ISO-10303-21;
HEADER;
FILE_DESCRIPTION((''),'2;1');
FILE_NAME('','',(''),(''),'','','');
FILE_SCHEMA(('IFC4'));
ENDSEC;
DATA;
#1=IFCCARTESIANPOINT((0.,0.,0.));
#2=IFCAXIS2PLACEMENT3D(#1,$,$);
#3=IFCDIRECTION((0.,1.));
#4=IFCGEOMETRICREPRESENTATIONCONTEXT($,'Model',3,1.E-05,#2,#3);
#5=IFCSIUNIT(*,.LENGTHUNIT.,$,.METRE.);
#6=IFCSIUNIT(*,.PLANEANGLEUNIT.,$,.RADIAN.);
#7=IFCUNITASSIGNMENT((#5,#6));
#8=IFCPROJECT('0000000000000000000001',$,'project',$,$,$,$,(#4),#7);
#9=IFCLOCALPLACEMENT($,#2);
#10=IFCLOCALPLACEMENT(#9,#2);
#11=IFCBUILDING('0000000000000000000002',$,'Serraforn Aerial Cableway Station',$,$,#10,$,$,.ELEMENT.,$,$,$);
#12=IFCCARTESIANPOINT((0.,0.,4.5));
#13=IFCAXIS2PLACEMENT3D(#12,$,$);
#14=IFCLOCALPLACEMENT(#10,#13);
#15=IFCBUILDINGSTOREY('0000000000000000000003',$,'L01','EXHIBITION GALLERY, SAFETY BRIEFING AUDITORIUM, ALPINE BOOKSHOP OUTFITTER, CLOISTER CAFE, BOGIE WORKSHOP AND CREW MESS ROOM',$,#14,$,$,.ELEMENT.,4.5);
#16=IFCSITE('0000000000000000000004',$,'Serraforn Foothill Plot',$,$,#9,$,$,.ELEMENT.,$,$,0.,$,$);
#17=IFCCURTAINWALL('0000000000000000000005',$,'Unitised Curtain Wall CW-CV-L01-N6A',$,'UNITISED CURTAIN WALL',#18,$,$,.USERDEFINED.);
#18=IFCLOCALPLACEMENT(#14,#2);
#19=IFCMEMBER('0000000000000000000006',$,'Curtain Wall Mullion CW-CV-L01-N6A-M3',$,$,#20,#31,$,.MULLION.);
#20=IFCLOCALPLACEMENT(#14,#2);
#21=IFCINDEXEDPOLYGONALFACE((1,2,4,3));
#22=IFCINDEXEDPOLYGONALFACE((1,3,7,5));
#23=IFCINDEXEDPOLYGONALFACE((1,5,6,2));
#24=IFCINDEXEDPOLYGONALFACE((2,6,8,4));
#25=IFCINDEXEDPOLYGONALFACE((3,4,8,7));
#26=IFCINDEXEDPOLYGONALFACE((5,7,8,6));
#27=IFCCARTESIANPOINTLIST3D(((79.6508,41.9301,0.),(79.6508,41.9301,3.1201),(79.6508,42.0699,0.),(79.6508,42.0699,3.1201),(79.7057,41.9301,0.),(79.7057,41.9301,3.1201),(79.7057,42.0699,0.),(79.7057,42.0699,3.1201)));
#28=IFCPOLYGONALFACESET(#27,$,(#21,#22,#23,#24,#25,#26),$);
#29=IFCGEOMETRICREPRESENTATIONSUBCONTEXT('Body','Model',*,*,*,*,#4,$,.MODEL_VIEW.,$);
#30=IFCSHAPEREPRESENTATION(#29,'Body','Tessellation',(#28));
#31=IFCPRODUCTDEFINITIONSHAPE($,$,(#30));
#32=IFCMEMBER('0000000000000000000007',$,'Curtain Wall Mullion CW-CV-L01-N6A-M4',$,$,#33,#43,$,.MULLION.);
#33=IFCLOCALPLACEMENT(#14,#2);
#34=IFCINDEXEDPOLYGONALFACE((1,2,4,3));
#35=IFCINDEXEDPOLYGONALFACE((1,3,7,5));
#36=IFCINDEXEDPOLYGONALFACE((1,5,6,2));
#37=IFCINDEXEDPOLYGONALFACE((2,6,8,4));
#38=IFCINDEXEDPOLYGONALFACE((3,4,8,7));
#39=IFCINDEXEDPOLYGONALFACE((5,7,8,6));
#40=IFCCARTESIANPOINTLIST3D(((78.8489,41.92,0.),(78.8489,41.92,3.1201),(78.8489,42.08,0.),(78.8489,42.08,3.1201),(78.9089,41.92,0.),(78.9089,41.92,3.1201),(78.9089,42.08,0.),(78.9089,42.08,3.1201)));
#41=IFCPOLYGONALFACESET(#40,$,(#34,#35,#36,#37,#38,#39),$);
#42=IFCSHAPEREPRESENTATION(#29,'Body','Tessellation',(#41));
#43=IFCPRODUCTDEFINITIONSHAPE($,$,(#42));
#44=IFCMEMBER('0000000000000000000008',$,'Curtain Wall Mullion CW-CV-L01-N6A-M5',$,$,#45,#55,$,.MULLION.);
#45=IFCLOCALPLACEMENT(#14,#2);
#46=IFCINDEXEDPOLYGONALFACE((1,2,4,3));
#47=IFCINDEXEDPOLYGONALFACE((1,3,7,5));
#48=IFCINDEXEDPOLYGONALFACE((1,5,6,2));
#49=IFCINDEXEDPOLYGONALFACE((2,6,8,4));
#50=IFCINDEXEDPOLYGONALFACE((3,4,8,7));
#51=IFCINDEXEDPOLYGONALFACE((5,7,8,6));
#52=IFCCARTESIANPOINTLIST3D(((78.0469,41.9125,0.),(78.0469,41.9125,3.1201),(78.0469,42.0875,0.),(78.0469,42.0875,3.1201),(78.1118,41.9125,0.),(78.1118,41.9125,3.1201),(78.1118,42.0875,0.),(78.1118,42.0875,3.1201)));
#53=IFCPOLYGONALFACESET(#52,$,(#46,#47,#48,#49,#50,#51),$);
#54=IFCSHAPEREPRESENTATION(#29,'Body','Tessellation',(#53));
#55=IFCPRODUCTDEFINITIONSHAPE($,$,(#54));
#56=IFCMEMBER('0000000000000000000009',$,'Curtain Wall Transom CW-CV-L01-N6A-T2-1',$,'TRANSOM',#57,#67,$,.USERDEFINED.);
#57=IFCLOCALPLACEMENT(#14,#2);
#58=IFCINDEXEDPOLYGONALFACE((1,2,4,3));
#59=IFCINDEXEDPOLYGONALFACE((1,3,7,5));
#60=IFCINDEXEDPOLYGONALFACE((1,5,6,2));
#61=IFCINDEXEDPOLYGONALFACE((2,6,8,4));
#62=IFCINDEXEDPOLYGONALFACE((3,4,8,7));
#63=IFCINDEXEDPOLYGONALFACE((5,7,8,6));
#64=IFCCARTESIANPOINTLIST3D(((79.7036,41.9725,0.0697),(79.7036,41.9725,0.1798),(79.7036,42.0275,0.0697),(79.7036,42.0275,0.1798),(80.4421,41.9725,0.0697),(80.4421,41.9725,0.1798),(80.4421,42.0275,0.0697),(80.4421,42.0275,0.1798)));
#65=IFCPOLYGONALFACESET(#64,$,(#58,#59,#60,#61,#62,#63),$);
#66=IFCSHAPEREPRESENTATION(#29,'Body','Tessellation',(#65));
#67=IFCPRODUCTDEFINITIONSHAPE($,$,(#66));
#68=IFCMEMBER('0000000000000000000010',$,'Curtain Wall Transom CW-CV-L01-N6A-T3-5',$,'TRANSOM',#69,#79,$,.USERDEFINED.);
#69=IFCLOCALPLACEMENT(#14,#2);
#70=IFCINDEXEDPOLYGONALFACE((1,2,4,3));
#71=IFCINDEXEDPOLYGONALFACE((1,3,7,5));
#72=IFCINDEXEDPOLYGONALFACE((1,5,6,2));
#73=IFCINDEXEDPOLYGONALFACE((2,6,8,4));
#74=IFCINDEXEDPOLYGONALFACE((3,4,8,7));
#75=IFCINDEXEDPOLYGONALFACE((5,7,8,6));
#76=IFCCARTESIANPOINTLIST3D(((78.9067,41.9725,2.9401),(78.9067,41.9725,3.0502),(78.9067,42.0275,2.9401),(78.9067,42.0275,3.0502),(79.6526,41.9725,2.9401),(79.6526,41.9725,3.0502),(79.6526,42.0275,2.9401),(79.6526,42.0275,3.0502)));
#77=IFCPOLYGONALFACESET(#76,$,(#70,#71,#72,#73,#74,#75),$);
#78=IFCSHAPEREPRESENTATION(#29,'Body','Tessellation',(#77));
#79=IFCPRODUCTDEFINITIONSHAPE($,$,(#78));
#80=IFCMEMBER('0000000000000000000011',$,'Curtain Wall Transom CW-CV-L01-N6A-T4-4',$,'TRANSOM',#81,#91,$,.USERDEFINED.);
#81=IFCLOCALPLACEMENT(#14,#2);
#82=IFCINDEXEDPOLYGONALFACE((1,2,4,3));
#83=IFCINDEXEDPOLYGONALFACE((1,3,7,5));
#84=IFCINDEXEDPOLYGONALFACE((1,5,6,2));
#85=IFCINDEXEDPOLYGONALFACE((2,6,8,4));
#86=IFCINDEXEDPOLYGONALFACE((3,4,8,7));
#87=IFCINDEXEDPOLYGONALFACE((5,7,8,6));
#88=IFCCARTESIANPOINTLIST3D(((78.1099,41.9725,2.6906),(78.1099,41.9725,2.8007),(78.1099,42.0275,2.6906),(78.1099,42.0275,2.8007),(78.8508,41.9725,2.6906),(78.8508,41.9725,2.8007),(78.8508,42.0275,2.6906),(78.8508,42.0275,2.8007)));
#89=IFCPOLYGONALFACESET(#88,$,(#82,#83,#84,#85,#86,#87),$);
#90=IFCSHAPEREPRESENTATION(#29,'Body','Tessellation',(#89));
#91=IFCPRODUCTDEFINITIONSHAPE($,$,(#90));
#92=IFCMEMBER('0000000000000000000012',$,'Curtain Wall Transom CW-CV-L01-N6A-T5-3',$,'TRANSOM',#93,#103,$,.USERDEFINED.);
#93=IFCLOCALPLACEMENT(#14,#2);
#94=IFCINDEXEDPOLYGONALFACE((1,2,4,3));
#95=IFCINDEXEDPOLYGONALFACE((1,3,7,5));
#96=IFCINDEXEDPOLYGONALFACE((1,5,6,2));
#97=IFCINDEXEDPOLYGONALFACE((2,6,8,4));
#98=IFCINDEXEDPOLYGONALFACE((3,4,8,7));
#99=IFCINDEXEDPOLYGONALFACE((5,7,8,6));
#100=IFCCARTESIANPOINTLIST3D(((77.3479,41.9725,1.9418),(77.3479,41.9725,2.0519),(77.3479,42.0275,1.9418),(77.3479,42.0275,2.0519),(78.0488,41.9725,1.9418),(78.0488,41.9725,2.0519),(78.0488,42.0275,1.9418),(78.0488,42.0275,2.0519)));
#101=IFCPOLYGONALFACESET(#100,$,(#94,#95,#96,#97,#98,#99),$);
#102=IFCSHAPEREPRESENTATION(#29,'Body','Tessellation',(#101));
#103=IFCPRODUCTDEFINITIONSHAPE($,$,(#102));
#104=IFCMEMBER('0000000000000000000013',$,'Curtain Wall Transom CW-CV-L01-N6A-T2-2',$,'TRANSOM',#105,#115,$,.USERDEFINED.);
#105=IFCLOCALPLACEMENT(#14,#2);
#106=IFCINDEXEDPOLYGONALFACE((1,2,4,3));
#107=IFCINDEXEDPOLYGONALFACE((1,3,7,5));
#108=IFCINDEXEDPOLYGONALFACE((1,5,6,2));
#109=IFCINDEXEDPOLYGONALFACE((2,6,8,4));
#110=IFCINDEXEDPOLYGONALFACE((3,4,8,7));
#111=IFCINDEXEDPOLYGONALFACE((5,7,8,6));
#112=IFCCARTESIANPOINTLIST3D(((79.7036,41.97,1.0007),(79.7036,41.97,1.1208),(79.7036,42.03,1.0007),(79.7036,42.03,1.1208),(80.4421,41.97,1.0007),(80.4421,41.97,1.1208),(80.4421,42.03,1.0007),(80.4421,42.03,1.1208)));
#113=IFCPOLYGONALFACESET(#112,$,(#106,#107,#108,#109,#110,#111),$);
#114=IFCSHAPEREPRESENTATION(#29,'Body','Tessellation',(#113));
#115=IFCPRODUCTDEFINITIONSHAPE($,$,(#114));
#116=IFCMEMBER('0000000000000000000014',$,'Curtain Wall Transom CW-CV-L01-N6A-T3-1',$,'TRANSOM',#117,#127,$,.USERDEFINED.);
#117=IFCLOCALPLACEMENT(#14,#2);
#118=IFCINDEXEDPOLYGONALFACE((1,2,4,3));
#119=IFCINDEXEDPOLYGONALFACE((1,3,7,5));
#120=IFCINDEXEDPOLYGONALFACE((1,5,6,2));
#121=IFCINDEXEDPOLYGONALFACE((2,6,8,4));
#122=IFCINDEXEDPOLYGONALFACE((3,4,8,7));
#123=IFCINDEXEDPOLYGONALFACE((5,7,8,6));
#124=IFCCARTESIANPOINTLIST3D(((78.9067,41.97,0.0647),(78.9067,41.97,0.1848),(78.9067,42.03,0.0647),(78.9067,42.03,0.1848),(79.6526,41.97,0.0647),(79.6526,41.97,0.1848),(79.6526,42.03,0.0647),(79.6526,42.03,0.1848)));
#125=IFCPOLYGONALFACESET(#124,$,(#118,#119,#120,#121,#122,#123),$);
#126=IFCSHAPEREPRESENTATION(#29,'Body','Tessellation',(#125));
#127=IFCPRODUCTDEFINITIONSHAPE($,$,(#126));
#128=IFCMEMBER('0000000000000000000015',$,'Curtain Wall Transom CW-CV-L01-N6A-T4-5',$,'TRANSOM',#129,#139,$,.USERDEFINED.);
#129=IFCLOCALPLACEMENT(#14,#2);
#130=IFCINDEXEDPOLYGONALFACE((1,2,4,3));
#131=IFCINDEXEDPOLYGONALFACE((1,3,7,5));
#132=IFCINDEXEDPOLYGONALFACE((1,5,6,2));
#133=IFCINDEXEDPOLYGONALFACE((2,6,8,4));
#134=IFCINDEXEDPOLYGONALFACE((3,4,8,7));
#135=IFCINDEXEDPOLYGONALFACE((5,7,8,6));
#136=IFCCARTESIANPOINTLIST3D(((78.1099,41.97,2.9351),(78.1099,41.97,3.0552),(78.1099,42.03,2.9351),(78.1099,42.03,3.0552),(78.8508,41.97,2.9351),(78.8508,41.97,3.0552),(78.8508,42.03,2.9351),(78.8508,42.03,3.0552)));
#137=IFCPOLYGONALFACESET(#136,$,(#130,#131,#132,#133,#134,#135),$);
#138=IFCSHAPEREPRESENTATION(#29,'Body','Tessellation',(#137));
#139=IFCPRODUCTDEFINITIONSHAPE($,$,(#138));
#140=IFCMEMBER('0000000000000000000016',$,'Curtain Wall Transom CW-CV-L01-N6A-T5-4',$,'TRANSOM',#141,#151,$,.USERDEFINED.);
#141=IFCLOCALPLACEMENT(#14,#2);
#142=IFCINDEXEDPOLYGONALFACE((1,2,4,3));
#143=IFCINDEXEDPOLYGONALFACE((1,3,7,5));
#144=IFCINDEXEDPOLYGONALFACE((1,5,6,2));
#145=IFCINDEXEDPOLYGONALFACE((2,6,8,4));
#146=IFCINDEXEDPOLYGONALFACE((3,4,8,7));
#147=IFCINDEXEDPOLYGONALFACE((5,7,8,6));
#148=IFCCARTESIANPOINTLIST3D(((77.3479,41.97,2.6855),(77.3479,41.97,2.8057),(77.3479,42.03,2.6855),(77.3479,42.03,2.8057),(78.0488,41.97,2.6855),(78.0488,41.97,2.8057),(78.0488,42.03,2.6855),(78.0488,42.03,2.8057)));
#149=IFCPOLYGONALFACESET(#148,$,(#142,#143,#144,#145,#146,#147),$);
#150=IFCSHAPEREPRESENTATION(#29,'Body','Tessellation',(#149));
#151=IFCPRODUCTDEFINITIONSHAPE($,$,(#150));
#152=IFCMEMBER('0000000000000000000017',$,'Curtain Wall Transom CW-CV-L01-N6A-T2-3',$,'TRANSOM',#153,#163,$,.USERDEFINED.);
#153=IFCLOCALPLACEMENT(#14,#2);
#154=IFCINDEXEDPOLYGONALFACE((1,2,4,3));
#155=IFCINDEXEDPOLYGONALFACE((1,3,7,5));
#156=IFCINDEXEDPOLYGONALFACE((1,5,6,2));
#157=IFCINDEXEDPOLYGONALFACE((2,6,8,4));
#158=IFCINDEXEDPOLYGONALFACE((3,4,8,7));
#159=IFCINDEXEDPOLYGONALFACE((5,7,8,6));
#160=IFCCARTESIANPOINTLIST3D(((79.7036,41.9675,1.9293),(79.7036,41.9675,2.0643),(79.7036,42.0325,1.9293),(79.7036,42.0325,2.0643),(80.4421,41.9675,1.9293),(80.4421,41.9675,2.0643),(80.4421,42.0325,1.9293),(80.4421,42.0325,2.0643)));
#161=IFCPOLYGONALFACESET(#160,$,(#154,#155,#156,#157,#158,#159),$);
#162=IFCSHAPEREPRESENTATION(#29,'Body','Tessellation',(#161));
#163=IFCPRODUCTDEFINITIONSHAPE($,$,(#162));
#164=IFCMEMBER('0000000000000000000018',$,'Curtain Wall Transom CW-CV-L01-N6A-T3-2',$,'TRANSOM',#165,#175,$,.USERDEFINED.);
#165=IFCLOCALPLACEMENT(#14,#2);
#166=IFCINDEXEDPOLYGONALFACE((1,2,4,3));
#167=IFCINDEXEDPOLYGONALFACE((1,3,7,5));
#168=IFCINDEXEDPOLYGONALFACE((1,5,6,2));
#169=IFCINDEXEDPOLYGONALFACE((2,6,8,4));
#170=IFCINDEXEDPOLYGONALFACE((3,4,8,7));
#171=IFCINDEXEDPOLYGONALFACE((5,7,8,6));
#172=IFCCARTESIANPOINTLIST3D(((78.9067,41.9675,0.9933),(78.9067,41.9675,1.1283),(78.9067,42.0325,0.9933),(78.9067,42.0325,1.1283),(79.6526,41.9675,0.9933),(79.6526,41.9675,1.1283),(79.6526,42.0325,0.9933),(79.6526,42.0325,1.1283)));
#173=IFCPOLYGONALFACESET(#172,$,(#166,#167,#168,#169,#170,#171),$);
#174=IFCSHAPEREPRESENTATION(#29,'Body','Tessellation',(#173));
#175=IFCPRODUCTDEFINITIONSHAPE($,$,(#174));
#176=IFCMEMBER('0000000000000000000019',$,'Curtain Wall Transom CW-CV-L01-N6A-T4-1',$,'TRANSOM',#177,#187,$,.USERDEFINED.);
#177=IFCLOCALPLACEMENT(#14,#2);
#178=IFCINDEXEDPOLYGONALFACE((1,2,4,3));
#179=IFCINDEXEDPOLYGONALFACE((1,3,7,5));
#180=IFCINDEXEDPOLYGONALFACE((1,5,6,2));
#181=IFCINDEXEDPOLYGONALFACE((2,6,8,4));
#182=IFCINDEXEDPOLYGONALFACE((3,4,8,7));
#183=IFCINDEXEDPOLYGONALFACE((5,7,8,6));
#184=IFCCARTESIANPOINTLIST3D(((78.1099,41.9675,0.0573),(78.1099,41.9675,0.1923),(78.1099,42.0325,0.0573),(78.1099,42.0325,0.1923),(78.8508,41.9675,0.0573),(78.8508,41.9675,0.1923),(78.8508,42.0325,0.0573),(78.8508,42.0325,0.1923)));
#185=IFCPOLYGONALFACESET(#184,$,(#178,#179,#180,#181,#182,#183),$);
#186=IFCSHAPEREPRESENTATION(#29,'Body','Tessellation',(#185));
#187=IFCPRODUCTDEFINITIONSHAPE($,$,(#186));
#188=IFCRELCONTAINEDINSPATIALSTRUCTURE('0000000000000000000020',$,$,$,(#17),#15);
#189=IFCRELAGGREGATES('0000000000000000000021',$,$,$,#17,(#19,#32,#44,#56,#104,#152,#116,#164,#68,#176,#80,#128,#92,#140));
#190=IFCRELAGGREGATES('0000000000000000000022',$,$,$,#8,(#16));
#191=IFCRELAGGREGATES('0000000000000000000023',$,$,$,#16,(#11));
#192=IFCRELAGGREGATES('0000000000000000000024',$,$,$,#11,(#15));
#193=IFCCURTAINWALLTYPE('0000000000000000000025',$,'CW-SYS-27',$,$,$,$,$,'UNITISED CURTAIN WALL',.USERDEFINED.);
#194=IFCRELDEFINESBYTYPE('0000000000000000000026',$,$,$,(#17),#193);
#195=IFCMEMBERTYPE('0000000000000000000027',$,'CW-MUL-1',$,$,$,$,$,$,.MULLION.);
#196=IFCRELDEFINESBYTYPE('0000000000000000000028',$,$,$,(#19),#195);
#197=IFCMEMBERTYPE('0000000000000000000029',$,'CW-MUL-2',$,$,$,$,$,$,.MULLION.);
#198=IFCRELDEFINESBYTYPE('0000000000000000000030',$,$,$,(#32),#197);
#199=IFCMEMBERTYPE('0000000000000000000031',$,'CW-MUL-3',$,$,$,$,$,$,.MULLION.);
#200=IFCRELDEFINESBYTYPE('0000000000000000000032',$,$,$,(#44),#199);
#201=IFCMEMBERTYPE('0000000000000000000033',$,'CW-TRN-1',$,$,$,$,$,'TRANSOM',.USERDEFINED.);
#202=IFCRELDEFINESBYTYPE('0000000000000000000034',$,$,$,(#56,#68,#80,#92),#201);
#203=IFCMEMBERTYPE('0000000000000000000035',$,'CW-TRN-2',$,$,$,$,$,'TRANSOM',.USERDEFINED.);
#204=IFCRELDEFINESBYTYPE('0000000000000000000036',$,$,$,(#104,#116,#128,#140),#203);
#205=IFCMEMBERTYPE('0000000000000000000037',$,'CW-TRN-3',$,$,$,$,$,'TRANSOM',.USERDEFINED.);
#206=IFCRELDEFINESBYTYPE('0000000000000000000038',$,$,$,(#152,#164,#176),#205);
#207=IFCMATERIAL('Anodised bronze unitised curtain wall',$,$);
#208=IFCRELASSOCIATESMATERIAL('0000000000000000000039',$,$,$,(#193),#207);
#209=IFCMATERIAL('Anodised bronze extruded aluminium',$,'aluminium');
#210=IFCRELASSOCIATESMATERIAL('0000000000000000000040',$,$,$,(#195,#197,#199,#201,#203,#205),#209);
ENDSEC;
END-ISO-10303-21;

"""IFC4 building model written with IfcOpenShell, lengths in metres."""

from ifc_helpers import new_model, si_unit, direction, frame, origin, origin_2d, place, context, subcontext, project, spatial, rectangle, extrude, material, material_profile, profile_set, type_object, element, aggregate, save


model = new_model("IFC4")

# Units and contexts
model_context = context("Model", 3, precision=1e-05, world=origin(), true_north=direction((0.0, 1.0)))
body_context = subcontext(model_context, "Body", "Model", "MODEL_VIEW")
ifc_project = project(units=[si_unit("LENGTHUNIT", "METRE"), si_unit("PLANEANGLEUNIT", "RADIAN")], contexts=[model_context])

# Site, building, storey
site_placement = place(None, origin())
site = spatial("IfcSite", under=ifc_project, at=site_placement, Name="Serraforn Foothill Plot", CompositionType="ELEMENT", RefElevation=0.0)
building_placement = place(site_placement, origin())
building = spatial("IfcBuilding", under=site, at=building_placement, Name="Serraforn Aerial Cableway Station", CompositionType="ELEMENT")
storey_placement = place(building_placement, frame((0.0, 0.0, 4.5)))
storey = spatial("IfcBuildingStorey", under=building, at=storey_placement, Name="L01", Description="EXHIBITION GALLERY, SAFETY BRIEFING AUDITORIUM, ALPINE BOOKSHOP OUTFITTER, CLOISTER CAFE, BOGIE WORKSHOP AND CREW MESS ROOM", CompositionType="ELEMENT", Elevation=4.5)

# Curtain wall, members
ifc_material_1 = material(Name="Anodised bronze unitised curtain wall")
curtain_wall_type = type_object("IfcCurtainWallType", Name="CW-SYS-27", ElementType="UNITISED CURTAIN WALL", PredefinedType="USERDEFINED", material=ifc_material_1)
curtain_wall_placement = place(storey_placement, origin())
curtain_wall = element("IfcCurtainWall", 1, at=curtain_wall_placement, inside=storey, type_object=curtain_wall_type, Name="Unitised Curtain Wall CW-CV-L01-N6A", ObjectType="UNITISED CURTAIN WALL", PredefinedType="USERDEFINED")
ifc_material_2 = material(Name="Anodised bronze extruded aluminium", Category="aluminium")
ifc_material_profile_1 = material_profile(ifc_material_2, rectangle(XDim=0.0549, YDim=0.1399, at=origin_2d()), Name="CW MULLION 55x140")
ifc_profile_set_1 = profile_set([ifc_material_profile_1], Name="Anodised bronze extruded aluminium")
member_type_1 = type_object("IfcMemberType", Name="CW-MUL-1", PredefinedType="MULLION", material=ifc_profile_set_1)
member_1_placement = place(storey_placement, frame((79.6782, 42.0, 0.0), z_axis=(0.0, 0.0, 1.0), x_axis=(-1.0, 0.0, 0.0)))
member_1 = element("IfcMember", 2, at=member_1_placement, type_object=member_type_1, Name="Curtain Wall Mullion CW-CV-L01-N6A-M3", PredefinedType="MULLION", context=body_context, shape_type="SweptSolid", body=[
    extrude(rectangle(XDim=0.0549, YDim=0.1399, at=origin_2d()), origin(), (0.0, 0.0, 1.0), 3.1201),
])
ifc_material_profile_2 = material_profile(ifc_material_2, rectangle(XDim=0.0601, YDim=0.1599, at=origin_2d()), Name="CW MULLION 60x160")
ifc_profile_set_2 = profile_set([ifc_material_profile_2], Name="Anodised bronze extruded aluminium")
member_type_2 = type_object("IfcMemberType", Name="CW-MUL-2", PredefinedType="MULLION", material=ifc_profile_set_2)
member_2_placement = place(storey_placement, frame((78.8789, 42.0, 0.0), z_axis=(0.0, 0.0, 1.0), x_axis=(-1.0, 0.0, 0.0)))
member_2 = element("IfcMember", 3, at=member_2_placement, type_object=member_type_2, Name="Curtain Wall Mullion CW-CV-L01-N6A-M4", PredefinedType="MULLION", context=body_context, shape_type="SweptSolid", body=[
    extrude(rectangle(XDim=0.0601, YDim=0.1599, at=origin_2d()), origin(), (0.0, 0.0, 1.0), 3.1201),
])
ifc_material_profile_3 = material_profile(ifc_material_2, rectangle(XDim=0.0649, YDim=0.175, at=origin_2d()), Name="CW MULLION 65x175")
ifc_profile_set_3 = profile_set([ifc_material_profile_3], Name="Anodised bronze extruded aluminium")
member_type_3 = type_object("IfcMemberType", Name="CW-MUL-3", PredefinedType="MULLION", material=ifc_profile_set_3)
member_3_placement = place(storey_placement, frame((78.0793, 42.0, 0.0), z_axis=(0.0, 0.0, 1.0), x_axis=(-1.0, 0.0, 0.0)))
member_3 = element("IfcMember", 4, at=member_3_placement, type_object=member_type_3, Name="Curtain Wall Mullion CW-CV-L01-N6A-M5", PredefinedType="MULLION", context=body_context, shape_type="SweptSolid", body=[
    extrude(rectangle(XDim=0.0649, YDim=0.175, at=origin_2d()), origin(), (0.0, 0.0, 1.0), 3.1201),
])
ifc_material_profile_4 = material_profile(ifc_material_2, rectangle(XDim=0.0549, YDim=0.1101, at=origin_2d()), Name="CW TRANSOM 55x110")
ifc_profile_set_4 = profile_set([ifc_material_profile_4], Name="Anodised bronze extruded aluminium")
member_type_4 = type_object("IfcMemberType", Name="CW-TRN-1", ElementType="TRANSOM", PredefinedType="USERDEFINED", material=ifc_profile_set_4)
member_4_placement = place(storey_placement, frame((80.4421, 42.0, 0.1248), z_axis=(-1.0, 0.0, 0.0), x_axis=(0.0, -1.0, 0.0)))
member_4 = element("IfcMember", 5, at=member_4_placement, type_object=member_type_4, Name="Curtain Wall Transom CW-CV-L01-N6A-T2-1", ObjectType="TRANSOM", PredefinedType="USERDEFINED", context=body_context, shape_type="SweptSolid", body=[
    extrude(rectangle(XDim=0.0549, YDim=0.1101, at=origin_2d()), origin(), (0.0, 0.0, 1.0), 0.7385),
])
member_5_placement = place(storey_placement, frame((79.6526, 42.0, 2.9951), z_axis=(-1.0, 0.0, 0.0), x_axis=(0.0, -1.0, 0.0)))
member_5 = element("IfcMember", 6, at=member_5_placement, type_object=member_type_4, Name="Curtain Wall Transom CW-CV-L01-N6A-T3-5", ObjectType="TRANSOM", PredefinedType="USERDEFINED", context=body_context, shape_type="SweptSolid", body=[
    extrude(rectangle(XDim=0.0549, YDim=0.1101, at=origin_2d()), origin(), (0.0, 0.0, 1.0), 0.7458),
])
member_6_placement = place(storey_placement, frame((78.8508, 42.0, 2.7456), z_axis=(-1.0, 0.0, 0.0), x_axis=(0.0, -1.0, 0.0)))
member_6 = element("IfcMember", 7, at=member_6_placement, type_object=member_type_4, Name="Curtain Wall Transom CW-CV-L01-N6A-T4-4", ObjectType="TRANSOM", PredefinedType="USERDEFINED", context=body_context, shape_type="SweptSolid", body=[
    extrude(rectangle(XDim=0.0549, YDim=0.1101, at=origin_2d()), origin(), (0.0, 0.0, 1.0), 0.741),
])
member_7_placement = place(storey_placement, frame((78.0488, 42.0, 1.9968), z_axis=(-1.0, 0.0, 0.0), x_axis=(0.0, -1.0, 0.0)))
member_7 = element("IfcMember", 8, at=member_7_placement, type_object=member_type_4, Name="Curtain Wall Transom CW-CV-L01-N6A-T5-3", ObjectType="TRANSOM", PredefinedType="USERDEFINED", context=body_context, shape_type="SweptSolid", body=[
    extrude(rectangle(XDim=0.0549, YDim=0.1101, at=origin_2d()), origin(), (0.0, 0.0, 1.0), 0.7009),
])
ifc_material_profile_5 = material_profile(ifc_material_2, rectangle(XDim=0.0601, YDim=0.1201, at=origin_2d()), Name="CW TRANSOM 60x120")
ifc_profile_set_5 = profile_set([ifc_material_profile_5], Name="Anodised bronze extruded aluminium")
member_type_5 = type_object("IfcMemberType", Name="CW-TRN-2", ElementType="TRANSOM", PredefinedType="USERDEFINED", material=ifc_profile_set_5)
member_8_placement = place(storey_placement, frame((80.4421, 42.0, 1.0608), z_axis=(-1.0, 0.0, 0.0), x_axis=(0.0, -1.0, 0.0)))
member_8 = element("IfcMember", 9, at=member_8_placement, type_object=member_type_5, Name="Curtain Wall Transom CW-CV-L01-N6A-T2-2", ObjectType="TRANSOM", PredefinedType="USERDEFINED", context=body_context, shape_type="SweptSolid", body=[
    extrude(rectangle(XDim=0.0601, YDim=0.1201, at=origin_2d()), origin(), (0.0, 0.0, 1.0), 0.7385),
])
member_9_placement = place(storey_placement, frame((79.6526, 42.0, 0.1248), z_axis=(-1.0, 0.0, 0.0), x_axis=(0.0, -1.0, 0.0)))
member_9 = element("IfcMember", 10, at=member_9_placement, type_object=member_type_5, Name="Curtain Wall Transom CW-CV-L01-N6A-T3-1", ObjectType="TRANSOM", PredefinedType="USERDEFINED", context=body_context, shape_type="SweptSolid", body=[
    extrude(rectangle(XDim=0.0601, YDim=0.1201, at=origin_2d()), origin(), (0.0, 0.0, 1.0), 0.7458),
])
member_10_placement = place(storey_placement, frame((78.8508, 42.0, 2.9951), z_axis=(-1.0, 0.0, 0.0), x_axis=(0.0, -1.0, 0.0)))
member_10 = element("IfcMember", 11, at=member_10_placement, type_object=member_type_5, Name="Curtain Wall Transom CW-CV-L01-N6A-T4-5", ObjectType="TRANSOM", PredefinedType="USERDEFINED", context=body_context, shape_type="SweptSolid", body=[
    extrude(rectangle(XDim=0.0601, YDim=0.1201, at=origin_2d()), origin(), (0.0, 0.0, 1.0), 0.741),
])
member_11_placement = place(storey_placement, frame((78.0488, 42.0, 2.7456), z_axis=(-1.0, 0.0, 0.0), x_axis=(0.0, -1.0, 0.0)))
member_11 = element("IfcMember", 12, at=member_11_placement, type_object=member_type_5, Name="Curtain Wall Transom CW-CV-L01-N6A-T5-4", ObjectType="TRANSOM", PredefinedType="USERDEFINED", context=body_context, shape_type="SweptSolid", body=[
    extrude(rectangle(XDim=0.0601, YDim=0.1201, at=origin_2d()), origin(), (0.0, 0.0, 1.0), 0.7009),
])
ifc_material_profile_6 = material_profile(ifc_material_2, rectangle(XDim=0.0649, YDim=0.135, at=origin_2d()), Name="CW TRANSOM 65x135")
ifc_profile_set_6 = profile_set([ifc_material_profile_6], Name="Anodised bronze extruded aluminium")
member_type_6 = type_object("IfcMemberType", Name="CW-TRN-3", ElementType="TRANSOM", PredefinedType="USERDEFINED", material=ifc_profile_set_6)
member_12_placement = place(storey_placement, frame((80.4421, 42.0, 1.9968), z_axis=(-1.0, 0.0, 0.0), x_axis=(0.0, -1.0, 0.0)))
member_12 = element("IfcMember", 13, at=member_12_placement, type_object=member_type_6, Name="Curtain Wall Transom CW-CV-L01-N6A-T2-3", ObjectType="TRANSOM", PredefinedType="USERDEFINED", context=body_context, shape_type="SweptSolid", body=[
    extrude(rectangle(XDim=0.0649, YDim=0.135, at=origin_2d()), origin(), (0.0, 0.0, 1.0), 0.7385),
])
member_13_placement = place(storey_placement, frame((79.6526, 42.0, 1.0608), z_axis=(-1.0, 0.0, 0.0), x_axis=(0.0, -1.0, 0.0)))
member_13 = element("IfcMember", 14, at=member_13_placement, type_object=member_type_6, Name="Curtain Wall Transom CW-CV-L01-N6A-T3-2", ObjectType="TRANSOM", PredefinedType="USERDEFINED", context=body_context, shape_type="SweptSolid", body=[
    extrude(rectangle(XDim=0.0649, YDim=0.135, at=origin_2d()), origin(), (0.0, 0.0, 1.0), 0.7458),
])
member_14_placement = place(storey_placement, frame((78.8508, 42.0, 0.1248), z_axis=(-1.0, 0.0, 0.0), x_axis=(0.0, -1.0, 0.0)))
member_14 = element("IfcMember", 15, at=member_14_placement, type_object=member_type_6, Name="Curtain Wall Transom CW-CV-L01-N6A-T4-1", ObjectType="TRANSOM", PredefinedType="USERDEFINED", context=body_context, shape_type="SweptSolid", body=[
    extrude(rectangle(XDim=0.0649, YDim=0.135, at=origin_2d()), origin(), (0.0, 0.0, 1.0), 0.741),
])
aggregate(curtain_wall, [member_1, member_2, member_3, member_4, member_8, member_12, member_9, member_13, member_5, member_14, member_6, member_10, member_7, member_11])

save(model, "model.ifc")
